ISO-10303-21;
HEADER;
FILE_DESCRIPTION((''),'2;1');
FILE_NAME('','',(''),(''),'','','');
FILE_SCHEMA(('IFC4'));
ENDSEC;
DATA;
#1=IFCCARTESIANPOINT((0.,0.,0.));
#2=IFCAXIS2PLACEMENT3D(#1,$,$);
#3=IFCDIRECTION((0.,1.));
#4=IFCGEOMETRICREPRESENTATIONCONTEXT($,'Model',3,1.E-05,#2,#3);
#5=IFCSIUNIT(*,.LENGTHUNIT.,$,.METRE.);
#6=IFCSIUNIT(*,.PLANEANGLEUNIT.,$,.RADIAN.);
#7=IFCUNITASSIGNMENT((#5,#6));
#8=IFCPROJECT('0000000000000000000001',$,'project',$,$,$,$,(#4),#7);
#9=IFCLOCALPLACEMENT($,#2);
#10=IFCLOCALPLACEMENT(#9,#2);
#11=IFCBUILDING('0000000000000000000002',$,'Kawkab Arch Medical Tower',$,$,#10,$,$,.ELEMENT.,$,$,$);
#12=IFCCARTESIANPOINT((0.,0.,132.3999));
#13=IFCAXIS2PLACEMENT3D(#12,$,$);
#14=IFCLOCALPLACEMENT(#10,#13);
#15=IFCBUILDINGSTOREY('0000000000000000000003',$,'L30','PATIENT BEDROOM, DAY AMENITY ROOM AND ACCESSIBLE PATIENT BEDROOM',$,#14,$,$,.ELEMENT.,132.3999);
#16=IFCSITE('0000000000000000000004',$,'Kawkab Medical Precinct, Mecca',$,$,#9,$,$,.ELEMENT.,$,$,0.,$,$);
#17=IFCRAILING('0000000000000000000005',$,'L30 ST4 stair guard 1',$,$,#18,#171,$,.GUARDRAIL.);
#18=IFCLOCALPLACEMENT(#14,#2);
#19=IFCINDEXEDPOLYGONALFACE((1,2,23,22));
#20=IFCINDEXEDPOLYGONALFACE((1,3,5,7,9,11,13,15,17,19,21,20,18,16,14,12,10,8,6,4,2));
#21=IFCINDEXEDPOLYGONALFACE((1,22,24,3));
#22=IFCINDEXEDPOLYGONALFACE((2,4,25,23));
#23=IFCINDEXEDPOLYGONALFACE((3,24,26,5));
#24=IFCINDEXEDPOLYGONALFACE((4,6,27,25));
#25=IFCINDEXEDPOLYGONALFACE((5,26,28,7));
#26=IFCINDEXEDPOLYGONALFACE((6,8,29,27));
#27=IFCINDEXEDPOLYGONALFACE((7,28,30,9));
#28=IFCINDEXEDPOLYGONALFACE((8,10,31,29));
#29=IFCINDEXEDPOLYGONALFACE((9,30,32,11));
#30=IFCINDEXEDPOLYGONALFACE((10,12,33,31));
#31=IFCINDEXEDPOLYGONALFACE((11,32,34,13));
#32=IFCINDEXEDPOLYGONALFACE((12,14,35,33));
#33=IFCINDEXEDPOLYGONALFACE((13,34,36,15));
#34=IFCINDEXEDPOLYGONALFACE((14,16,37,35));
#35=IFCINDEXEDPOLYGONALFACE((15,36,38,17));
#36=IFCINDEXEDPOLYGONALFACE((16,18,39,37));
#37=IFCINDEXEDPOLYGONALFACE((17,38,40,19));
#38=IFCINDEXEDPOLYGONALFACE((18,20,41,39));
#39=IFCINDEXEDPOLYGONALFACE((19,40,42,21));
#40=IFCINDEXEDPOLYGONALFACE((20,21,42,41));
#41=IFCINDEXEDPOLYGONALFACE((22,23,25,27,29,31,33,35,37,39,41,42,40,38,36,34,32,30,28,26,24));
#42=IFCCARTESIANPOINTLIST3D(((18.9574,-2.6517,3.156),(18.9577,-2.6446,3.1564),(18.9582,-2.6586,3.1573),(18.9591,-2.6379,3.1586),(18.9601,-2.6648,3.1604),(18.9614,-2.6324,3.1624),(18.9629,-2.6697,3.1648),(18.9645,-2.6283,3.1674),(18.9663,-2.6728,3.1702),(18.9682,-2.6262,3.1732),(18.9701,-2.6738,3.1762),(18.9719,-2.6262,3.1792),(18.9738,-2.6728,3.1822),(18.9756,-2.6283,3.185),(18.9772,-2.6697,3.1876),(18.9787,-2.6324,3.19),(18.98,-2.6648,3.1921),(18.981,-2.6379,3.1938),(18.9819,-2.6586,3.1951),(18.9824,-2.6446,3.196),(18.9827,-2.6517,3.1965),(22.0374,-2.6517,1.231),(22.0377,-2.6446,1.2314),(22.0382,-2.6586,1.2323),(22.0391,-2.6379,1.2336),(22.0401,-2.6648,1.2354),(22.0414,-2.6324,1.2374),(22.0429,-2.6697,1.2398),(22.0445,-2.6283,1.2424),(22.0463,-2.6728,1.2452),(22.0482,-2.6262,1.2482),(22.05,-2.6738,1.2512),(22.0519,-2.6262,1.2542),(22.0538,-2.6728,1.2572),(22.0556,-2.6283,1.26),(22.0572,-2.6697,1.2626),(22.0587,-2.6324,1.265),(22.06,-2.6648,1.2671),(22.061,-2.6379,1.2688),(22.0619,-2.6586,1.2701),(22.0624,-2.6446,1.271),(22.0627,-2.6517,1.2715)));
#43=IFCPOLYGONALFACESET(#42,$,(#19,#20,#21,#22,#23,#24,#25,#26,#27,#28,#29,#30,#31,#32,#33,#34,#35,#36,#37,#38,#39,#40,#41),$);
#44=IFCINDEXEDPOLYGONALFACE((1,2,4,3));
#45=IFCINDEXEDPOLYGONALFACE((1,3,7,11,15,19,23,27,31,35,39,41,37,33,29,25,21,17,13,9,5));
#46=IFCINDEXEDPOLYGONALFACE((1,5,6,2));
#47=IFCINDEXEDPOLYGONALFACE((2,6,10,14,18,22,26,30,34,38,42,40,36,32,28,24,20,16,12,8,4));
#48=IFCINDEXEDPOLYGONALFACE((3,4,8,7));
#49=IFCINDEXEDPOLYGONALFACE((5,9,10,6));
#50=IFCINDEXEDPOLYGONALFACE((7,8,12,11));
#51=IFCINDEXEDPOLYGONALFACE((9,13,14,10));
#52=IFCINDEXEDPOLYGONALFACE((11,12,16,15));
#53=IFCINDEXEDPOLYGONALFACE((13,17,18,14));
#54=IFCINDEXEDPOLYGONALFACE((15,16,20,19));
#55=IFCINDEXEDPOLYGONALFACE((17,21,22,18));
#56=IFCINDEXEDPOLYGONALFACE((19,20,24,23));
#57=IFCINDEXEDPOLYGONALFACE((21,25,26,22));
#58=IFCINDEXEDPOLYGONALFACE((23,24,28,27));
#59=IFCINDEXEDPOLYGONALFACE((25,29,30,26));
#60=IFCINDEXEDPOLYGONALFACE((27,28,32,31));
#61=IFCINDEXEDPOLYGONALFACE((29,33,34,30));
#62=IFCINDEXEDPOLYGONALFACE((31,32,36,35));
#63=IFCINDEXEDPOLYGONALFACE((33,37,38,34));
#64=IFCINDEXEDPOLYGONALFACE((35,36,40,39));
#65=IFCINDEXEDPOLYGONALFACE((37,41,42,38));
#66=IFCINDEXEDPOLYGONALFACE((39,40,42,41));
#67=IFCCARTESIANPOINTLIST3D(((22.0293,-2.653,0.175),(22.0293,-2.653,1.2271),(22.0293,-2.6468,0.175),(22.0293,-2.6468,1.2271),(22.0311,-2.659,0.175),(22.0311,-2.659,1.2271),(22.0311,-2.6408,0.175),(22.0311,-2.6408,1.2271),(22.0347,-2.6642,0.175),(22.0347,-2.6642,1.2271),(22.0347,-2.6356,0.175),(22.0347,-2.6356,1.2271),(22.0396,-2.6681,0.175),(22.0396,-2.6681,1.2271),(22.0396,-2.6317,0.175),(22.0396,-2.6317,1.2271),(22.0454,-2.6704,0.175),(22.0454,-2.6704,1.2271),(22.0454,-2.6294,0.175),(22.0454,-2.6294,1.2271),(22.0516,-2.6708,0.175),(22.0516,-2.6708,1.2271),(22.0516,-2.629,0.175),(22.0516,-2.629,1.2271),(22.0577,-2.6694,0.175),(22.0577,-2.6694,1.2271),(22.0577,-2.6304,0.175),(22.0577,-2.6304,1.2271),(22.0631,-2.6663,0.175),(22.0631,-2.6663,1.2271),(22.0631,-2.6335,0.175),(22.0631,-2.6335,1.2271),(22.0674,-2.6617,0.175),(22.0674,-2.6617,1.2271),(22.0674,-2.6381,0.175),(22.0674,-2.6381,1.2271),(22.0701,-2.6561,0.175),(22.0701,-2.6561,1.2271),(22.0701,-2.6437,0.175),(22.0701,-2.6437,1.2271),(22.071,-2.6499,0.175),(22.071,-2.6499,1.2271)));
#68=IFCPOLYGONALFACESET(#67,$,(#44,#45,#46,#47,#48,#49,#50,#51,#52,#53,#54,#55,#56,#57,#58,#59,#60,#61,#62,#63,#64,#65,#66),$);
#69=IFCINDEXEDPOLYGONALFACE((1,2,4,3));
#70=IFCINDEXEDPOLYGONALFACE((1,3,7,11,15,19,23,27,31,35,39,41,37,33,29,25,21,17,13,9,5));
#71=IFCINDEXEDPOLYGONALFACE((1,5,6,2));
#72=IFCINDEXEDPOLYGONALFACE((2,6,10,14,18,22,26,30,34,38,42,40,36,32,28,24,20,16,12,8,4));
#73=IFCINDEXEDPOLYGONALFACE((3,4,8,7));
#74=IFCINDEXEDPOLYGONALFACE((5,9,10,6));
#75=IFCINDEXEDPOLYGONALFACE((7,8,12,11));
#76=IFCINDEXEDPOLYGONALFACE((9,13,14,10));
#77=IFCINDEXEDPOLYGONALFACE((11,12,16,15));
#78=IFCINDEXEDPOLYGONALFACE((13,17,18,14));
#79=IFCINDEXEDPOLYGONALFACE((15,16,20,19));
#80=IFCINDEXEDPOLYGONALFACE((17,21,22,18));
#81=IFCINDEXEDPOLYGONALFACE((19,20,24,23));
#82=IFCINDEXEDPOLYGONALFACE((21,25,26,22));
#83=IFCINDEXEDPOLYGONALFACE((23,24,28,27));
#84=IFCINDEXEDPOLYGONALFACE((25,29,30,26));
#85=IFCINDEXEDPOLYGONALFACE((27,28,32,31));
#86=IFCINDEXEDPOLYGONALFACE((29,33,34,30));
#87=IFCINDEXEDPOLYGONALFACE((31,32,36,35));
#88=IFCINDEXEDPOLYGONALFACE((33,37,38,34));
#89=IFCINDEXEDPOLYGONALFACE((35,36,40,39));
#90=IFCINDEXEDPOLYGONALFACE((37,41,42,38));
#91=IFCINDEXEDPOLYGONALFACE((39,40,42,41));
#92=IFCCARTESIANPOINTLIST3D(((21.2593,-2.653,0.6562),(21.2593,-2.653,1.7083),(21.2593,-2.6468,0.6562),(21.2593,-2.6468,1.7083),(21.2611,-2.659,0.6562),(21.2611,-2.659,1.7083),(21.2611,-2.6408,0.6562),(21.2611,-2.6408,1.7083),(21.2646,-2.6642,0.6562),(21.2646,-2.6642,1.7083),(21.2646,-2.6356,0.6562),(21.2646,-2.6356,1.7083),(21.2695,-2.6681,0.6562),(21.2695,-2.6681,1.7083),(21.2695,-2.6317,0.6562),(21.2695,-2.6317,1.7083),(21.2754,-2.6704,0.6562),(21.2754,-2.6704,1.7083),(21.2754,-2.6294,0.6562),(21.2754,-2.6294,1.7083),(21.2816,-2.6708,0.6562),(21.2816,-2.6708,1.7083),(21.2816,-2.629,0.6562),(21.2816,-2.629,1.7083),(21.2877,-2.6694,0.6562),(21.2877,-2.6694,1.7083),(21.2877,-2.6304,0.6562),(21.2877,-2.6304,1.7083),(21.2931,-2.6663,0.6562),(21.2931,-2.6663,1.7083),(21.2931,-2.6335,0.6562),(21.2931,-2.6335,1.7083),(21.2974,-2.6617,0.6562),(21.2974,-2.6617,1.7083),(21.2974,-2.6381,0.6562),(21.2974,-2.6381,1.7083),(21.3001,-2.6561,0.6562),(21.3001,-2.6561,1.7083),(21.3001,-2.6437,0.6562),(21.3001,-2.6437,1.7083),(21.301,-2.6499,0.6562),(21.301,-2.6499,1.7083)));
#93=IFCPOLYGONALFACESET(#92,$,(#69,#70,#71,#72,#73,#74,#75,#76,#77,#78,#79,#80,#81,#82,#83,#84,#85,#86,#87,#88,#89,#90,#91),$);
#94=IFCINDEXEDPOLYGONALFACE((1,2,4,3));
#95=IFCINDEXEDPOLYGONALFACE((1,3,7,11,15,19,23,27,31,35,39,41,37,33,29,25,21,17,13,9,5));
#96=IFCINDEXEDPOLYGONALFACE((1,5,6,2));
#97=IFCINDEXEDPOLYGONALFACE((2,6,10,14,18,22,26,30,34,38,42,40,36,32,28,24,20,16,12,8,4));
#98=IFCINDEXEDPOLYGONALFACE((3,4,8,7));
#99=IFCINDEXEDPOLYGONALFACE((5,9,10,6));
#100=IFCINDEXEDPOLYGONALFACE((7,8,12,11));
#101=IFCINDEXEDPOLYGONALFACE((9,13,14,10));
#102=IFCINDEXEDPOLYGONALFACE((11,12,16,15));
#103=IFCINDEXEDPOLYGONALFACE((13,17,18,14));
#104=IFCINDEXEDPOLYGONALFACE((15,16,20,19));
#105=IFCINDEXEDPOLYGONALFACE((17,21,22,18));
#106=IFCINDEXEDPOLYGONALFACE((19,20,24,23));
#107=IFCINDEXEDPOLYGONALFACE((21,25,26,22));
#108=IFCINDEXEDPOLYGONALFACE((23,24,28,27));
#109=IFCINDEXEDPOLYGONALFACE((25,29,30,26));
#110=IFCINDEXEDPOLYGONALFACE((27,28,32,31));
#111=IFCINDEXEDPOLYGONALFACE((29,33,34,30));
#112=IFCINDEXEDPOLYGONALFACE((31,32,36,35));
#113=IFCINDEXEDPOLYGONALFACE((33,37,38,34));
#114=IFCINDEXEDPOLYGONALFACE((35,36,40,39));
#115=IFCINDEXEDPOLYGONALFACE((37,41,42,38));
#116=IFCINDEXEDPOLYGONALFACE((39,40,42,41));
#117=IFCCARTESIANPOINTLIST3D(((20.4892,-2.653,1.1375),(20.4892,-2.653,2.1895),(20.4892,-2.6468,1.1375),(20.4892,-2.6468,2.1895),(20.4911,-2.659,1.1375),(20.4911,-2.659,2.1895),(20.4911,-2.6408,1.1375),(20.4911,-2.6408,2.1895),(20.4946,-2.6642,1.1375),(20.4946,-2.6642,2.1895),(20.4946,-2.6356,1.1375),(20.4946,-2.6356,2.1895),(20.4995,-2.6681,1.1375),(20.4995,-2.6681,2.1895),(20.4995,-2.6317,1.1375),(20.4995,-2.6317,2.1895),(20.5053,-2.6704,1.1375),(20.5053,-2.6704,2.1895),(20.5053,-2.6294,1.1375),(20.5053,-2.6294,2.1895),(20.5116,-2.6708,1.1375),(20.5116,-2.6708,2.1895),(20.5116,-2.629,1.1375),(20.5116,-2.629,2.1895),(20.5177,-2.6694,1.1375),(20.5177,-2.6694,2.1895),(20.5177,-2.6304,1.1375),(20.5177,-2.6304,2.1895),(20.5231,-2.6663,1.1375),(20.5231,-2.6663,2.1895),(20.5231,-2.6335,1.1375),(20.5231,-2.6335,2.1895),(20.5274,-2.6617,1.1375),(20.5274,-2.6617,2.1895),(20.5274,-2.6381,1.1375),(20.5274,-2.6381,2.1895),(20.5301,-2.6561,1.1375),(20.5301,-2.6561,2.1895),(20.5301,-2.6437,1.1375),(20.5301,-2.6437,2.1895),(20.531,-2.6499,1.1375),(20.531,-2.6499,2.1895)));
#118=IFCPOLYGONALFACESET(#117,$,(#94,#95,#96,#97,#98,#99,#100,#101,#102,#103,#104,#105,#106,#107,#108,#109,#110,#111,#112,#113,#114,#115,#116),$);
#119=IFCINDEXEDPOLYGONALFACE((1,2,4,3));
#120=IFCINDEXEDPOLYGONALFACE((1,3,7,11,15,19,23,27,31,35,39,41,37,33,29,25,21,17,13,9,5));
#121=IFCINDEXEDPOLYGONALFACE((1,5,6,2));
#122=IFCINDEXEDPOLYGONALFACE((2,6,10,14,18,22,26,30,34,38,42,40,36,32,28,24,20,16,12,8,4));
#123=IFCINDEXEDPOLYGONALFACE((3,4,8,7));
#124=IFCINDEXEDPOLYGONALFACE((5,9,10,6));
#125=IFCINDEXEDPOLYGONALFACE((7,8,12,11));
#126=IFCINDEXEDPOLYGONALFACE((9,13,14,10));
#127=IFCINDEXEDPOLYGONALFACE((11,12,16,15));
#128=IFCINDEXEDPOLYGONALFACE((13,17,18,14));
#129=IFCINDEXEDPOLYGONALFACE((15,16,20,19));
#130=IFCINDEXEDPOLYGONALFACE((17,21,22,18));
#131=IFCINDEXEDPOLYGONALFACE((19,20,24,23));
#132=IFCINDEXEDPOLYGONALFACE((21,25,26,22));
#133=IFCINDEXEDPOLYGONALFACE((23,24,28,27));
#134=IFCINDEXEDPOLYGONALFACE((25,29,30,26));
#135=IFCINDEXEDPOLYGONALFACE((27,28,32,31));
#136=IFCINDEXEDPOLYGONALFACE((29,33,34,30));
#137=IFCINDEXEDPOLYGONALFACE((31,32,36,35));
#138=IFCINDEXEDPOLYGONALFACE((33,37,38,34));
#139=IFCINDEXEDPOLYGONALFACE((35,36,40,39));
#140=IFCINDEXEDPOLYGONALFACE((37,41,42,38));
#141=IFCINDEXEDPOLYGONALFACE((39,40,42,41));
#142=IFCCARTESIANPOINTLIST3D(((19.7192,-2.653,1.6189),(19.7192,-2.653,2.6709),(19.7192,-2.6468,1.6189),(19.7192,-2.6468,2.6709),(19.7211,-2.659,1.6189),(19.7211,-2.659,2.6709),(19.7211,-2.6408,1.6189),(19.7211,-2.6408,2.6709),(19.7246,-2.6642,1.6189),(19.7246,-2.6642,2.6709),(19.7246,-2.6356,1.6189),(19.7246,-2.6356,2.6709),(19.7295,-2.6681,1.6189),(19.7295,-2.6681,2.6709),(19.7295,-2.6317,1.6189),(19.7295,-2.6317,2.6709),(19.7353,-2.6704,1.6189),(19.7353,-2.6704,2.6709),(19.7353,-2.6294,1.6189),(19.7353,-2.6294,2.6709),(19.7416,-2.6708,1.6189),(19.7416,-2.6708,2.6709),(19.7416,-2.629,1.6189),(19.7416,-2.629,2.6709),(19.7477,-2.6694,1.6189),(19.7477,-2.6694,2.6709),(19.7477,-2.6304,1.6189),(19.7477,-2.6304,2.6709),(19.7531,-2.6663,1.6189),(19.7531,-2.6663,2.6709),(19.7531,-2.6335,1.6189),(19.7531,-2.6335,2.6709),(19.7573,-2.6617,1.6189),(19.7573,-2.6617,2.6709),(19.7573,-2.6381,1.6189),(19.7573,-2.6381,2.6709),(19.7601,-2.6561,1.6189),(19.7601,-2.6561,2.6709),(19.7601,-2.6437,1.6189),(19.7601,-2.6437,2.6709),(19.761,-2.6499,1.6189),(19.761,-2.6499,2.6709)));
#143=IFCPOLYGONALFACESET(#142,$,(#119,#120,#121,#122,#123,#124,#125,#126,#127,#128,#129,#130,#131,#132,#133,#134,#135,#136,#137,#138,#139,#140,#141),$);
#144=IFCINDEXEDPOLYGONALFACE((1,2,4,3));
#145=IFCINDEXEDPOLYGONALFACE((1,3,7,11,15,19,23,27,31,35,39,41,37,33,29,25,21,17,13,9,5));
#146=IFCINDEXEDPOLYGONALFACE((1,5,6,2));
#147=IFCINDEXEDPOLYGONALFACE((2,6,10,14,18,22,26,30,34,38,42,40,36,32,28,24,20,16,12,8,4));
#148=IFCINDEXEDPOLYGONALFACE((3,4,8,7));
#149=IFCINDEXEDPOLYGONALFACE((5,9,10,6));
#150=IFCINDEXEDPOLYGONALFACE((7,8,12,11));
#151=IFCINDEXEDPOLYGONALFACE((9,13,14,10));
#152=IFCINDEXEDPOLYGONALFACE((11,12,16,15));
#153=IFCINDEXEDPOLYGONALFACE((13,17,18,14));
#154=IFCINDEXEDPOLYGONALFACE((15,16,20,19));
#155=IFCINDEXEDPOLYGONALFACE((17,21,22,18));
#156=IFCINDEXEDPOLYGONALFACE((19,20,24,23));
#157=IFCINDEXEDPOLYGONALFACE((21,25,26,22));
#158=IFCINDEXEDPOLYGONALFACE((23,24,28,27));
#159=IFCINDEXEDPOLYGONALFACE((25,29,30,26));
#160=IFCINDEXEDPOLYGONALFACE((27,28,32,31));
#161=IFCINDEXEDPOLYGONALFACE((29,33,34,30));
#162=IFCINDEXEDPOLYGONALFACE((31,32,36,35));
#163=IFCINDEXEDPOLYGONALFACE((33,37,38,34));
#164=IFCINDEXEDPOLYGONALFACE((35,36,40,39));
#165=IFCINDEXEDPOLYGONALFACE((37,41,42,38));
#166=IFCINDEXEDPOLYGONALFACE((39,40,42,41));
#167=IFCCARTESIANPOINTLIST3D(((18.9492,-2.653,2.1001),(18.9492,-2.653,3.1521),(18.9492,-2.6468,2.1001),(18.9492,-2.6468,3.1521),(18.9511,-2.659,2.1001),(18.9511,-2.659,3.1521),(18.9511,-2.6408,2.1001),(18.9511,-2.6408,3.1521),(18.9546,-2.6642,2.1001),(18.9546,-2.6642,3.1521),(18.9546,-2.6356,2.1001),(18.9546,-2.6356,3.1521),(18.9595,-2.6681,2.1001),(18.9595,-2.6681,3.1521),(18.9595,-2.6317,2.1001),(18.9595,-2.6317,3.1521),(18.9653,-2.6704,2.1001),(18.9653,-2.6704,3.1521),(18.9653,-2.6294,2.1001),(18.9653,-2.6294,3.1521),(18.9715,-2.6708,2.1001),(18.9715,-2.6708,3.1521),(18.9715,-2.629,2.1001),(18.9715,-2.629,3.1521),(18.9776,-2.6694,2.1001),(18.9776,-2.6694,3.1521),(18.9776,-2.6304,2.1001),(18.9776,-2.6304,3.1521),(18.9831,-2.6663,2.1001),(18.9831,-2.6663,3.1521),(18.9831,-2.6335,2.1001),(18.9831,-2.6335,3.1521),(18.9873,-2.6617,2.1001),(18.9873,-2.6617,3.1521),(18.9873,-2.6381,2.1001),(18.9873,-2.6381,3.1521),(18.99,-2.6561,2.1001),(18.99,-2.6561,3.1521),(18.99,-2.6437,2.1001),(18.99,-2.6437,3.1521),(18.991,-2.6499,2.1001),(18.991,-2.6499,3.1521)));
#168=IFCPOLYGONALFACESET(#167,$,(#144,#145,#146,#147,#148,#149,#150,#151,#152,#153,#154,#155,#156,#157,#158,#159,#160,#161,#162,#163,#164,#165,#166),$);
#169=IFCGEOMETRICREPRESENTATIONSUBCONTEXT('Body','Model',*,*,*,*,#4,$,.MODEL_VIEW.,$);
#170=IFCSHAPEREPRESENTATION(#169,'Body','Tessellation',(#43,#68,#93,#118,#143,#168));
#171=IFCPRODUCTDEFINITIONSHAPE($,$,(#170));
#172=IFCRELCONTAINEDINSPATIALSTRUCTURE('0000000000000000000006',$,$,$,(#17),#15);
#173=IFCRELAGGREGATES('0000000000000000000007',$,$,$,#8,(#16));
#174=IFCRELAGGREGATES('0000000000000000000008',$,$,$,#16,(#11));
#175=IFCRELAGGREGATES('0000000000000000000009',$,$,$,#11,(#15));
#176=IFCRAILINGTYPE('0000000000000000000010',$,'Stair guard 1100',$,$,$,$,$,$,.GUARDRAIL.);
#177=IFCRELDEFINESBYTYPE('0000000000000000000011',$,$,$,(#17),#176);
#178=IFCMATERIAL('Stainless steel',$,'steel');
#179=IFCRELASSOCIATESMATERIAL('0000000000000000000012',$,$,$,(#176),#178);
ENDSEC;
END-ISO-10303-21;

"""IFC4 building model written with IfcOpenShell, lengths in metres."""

from ifc_helpers import new_model, si_unit, direction, frame, origin, origin_2d, place, context, subcontext, project, spatial, circle, extrude, material, type_object, element, save


model = new_model("IFC4")

# Units and contexts
model_context = context("Model", 3, precision=1e-05, world=origin(), true_north=direction((0.0, 1.0)))
body_context = subcontext(model_context, "Body", "Model", "MODEL_VIEW")
ifc_project = project(units=[si_unit("LENGTHUNIT", "METRE"), si_unit("PLANEANGLEUNIT", "RADIAN")], contexts=[model_context])

# Site, building, storey
site_placement = place(None, origin())
site = spatial("IfcSite", under=ifc_project, at=site_placement, Name="Kawkab Medical Precinct, Mecca", CompositionType="ELEMENT", RefElevation=0.0)
building_placement = place(site_placement, origin())
building = spatial("IfcBuilding", under=site, at=building_placement, Name="Kawkab Arch Medical Tower", CompositionType="ELEMENT")
storey_placement = place(building_placement, frame((0.0, 0.0, 132.3999)))
storey = spatial("IfcBuildingStorey", under=building, at=storey_placement, Name="L30", Description="PATIENT BEDROOM, DAY AMENITY ROOM AND ACCESSIBLE PATIENT BEDROOM", CompositionType="ELEMENT", Elevation=132.3999)

# Railing
ifc_material_1 = material(Name="Stainless steel", Category="steel")
railing_type_1 = type_object("IfcRailingType", Name="Stair guard 1100", PredefinedType="GUARDRAIL", material=ifc_material_1)
railing_1_placement = place(storey_placement, frame((22.05, -2.6499, 0.175)))
element("IfcRailing", 1, at=railing_1_placement, inside=storey, type_object=railing_type_1, Name="L30 ST4 stair guard 1", PredefinedType="GUARDRAIL", context=body_context, shape_type="SweptSolid", body=[
    extrude(circle(Radius=0.0239, at=origin_2d()), frame((0.0, 0.0, 1.0762), z_axis=(-0.847998, 0.0, 0.529999), x_axis=(0.0, -1.0, 0.0)), (0.0, 0.0, 1.0), 3.6321),
    extrude(circle(Radius=0.021, at=origin_2d()), origin(), (0.0, 0.0, 1.0), 1.052),
    extrude(circle(Radius=0.021, at=origin_2d()), frame((-0.77, 0.0, 0.4812)), (0.0, 0.0, 1.0), 1.052),
    extrude(circle(Radius=0.021, at=origin_2d()), frame((-1.54, 0.0, 0.9624)), (0.0, 0.0, 1.0), 1.052),
    extrude(circle(Radius=0.021, at=origin_2d()), frame((-2.3101, 0.0, 1.4438)), (0.0, 0.0, 1.0), 1.052),
    extrude(circle(Radius=0.021, at=origin_2d()), frame((-3.0801, 0.0, 1.925)), (0.0, 0.0, 1.0), 1.052),
])

save(model, "model.ifc")
